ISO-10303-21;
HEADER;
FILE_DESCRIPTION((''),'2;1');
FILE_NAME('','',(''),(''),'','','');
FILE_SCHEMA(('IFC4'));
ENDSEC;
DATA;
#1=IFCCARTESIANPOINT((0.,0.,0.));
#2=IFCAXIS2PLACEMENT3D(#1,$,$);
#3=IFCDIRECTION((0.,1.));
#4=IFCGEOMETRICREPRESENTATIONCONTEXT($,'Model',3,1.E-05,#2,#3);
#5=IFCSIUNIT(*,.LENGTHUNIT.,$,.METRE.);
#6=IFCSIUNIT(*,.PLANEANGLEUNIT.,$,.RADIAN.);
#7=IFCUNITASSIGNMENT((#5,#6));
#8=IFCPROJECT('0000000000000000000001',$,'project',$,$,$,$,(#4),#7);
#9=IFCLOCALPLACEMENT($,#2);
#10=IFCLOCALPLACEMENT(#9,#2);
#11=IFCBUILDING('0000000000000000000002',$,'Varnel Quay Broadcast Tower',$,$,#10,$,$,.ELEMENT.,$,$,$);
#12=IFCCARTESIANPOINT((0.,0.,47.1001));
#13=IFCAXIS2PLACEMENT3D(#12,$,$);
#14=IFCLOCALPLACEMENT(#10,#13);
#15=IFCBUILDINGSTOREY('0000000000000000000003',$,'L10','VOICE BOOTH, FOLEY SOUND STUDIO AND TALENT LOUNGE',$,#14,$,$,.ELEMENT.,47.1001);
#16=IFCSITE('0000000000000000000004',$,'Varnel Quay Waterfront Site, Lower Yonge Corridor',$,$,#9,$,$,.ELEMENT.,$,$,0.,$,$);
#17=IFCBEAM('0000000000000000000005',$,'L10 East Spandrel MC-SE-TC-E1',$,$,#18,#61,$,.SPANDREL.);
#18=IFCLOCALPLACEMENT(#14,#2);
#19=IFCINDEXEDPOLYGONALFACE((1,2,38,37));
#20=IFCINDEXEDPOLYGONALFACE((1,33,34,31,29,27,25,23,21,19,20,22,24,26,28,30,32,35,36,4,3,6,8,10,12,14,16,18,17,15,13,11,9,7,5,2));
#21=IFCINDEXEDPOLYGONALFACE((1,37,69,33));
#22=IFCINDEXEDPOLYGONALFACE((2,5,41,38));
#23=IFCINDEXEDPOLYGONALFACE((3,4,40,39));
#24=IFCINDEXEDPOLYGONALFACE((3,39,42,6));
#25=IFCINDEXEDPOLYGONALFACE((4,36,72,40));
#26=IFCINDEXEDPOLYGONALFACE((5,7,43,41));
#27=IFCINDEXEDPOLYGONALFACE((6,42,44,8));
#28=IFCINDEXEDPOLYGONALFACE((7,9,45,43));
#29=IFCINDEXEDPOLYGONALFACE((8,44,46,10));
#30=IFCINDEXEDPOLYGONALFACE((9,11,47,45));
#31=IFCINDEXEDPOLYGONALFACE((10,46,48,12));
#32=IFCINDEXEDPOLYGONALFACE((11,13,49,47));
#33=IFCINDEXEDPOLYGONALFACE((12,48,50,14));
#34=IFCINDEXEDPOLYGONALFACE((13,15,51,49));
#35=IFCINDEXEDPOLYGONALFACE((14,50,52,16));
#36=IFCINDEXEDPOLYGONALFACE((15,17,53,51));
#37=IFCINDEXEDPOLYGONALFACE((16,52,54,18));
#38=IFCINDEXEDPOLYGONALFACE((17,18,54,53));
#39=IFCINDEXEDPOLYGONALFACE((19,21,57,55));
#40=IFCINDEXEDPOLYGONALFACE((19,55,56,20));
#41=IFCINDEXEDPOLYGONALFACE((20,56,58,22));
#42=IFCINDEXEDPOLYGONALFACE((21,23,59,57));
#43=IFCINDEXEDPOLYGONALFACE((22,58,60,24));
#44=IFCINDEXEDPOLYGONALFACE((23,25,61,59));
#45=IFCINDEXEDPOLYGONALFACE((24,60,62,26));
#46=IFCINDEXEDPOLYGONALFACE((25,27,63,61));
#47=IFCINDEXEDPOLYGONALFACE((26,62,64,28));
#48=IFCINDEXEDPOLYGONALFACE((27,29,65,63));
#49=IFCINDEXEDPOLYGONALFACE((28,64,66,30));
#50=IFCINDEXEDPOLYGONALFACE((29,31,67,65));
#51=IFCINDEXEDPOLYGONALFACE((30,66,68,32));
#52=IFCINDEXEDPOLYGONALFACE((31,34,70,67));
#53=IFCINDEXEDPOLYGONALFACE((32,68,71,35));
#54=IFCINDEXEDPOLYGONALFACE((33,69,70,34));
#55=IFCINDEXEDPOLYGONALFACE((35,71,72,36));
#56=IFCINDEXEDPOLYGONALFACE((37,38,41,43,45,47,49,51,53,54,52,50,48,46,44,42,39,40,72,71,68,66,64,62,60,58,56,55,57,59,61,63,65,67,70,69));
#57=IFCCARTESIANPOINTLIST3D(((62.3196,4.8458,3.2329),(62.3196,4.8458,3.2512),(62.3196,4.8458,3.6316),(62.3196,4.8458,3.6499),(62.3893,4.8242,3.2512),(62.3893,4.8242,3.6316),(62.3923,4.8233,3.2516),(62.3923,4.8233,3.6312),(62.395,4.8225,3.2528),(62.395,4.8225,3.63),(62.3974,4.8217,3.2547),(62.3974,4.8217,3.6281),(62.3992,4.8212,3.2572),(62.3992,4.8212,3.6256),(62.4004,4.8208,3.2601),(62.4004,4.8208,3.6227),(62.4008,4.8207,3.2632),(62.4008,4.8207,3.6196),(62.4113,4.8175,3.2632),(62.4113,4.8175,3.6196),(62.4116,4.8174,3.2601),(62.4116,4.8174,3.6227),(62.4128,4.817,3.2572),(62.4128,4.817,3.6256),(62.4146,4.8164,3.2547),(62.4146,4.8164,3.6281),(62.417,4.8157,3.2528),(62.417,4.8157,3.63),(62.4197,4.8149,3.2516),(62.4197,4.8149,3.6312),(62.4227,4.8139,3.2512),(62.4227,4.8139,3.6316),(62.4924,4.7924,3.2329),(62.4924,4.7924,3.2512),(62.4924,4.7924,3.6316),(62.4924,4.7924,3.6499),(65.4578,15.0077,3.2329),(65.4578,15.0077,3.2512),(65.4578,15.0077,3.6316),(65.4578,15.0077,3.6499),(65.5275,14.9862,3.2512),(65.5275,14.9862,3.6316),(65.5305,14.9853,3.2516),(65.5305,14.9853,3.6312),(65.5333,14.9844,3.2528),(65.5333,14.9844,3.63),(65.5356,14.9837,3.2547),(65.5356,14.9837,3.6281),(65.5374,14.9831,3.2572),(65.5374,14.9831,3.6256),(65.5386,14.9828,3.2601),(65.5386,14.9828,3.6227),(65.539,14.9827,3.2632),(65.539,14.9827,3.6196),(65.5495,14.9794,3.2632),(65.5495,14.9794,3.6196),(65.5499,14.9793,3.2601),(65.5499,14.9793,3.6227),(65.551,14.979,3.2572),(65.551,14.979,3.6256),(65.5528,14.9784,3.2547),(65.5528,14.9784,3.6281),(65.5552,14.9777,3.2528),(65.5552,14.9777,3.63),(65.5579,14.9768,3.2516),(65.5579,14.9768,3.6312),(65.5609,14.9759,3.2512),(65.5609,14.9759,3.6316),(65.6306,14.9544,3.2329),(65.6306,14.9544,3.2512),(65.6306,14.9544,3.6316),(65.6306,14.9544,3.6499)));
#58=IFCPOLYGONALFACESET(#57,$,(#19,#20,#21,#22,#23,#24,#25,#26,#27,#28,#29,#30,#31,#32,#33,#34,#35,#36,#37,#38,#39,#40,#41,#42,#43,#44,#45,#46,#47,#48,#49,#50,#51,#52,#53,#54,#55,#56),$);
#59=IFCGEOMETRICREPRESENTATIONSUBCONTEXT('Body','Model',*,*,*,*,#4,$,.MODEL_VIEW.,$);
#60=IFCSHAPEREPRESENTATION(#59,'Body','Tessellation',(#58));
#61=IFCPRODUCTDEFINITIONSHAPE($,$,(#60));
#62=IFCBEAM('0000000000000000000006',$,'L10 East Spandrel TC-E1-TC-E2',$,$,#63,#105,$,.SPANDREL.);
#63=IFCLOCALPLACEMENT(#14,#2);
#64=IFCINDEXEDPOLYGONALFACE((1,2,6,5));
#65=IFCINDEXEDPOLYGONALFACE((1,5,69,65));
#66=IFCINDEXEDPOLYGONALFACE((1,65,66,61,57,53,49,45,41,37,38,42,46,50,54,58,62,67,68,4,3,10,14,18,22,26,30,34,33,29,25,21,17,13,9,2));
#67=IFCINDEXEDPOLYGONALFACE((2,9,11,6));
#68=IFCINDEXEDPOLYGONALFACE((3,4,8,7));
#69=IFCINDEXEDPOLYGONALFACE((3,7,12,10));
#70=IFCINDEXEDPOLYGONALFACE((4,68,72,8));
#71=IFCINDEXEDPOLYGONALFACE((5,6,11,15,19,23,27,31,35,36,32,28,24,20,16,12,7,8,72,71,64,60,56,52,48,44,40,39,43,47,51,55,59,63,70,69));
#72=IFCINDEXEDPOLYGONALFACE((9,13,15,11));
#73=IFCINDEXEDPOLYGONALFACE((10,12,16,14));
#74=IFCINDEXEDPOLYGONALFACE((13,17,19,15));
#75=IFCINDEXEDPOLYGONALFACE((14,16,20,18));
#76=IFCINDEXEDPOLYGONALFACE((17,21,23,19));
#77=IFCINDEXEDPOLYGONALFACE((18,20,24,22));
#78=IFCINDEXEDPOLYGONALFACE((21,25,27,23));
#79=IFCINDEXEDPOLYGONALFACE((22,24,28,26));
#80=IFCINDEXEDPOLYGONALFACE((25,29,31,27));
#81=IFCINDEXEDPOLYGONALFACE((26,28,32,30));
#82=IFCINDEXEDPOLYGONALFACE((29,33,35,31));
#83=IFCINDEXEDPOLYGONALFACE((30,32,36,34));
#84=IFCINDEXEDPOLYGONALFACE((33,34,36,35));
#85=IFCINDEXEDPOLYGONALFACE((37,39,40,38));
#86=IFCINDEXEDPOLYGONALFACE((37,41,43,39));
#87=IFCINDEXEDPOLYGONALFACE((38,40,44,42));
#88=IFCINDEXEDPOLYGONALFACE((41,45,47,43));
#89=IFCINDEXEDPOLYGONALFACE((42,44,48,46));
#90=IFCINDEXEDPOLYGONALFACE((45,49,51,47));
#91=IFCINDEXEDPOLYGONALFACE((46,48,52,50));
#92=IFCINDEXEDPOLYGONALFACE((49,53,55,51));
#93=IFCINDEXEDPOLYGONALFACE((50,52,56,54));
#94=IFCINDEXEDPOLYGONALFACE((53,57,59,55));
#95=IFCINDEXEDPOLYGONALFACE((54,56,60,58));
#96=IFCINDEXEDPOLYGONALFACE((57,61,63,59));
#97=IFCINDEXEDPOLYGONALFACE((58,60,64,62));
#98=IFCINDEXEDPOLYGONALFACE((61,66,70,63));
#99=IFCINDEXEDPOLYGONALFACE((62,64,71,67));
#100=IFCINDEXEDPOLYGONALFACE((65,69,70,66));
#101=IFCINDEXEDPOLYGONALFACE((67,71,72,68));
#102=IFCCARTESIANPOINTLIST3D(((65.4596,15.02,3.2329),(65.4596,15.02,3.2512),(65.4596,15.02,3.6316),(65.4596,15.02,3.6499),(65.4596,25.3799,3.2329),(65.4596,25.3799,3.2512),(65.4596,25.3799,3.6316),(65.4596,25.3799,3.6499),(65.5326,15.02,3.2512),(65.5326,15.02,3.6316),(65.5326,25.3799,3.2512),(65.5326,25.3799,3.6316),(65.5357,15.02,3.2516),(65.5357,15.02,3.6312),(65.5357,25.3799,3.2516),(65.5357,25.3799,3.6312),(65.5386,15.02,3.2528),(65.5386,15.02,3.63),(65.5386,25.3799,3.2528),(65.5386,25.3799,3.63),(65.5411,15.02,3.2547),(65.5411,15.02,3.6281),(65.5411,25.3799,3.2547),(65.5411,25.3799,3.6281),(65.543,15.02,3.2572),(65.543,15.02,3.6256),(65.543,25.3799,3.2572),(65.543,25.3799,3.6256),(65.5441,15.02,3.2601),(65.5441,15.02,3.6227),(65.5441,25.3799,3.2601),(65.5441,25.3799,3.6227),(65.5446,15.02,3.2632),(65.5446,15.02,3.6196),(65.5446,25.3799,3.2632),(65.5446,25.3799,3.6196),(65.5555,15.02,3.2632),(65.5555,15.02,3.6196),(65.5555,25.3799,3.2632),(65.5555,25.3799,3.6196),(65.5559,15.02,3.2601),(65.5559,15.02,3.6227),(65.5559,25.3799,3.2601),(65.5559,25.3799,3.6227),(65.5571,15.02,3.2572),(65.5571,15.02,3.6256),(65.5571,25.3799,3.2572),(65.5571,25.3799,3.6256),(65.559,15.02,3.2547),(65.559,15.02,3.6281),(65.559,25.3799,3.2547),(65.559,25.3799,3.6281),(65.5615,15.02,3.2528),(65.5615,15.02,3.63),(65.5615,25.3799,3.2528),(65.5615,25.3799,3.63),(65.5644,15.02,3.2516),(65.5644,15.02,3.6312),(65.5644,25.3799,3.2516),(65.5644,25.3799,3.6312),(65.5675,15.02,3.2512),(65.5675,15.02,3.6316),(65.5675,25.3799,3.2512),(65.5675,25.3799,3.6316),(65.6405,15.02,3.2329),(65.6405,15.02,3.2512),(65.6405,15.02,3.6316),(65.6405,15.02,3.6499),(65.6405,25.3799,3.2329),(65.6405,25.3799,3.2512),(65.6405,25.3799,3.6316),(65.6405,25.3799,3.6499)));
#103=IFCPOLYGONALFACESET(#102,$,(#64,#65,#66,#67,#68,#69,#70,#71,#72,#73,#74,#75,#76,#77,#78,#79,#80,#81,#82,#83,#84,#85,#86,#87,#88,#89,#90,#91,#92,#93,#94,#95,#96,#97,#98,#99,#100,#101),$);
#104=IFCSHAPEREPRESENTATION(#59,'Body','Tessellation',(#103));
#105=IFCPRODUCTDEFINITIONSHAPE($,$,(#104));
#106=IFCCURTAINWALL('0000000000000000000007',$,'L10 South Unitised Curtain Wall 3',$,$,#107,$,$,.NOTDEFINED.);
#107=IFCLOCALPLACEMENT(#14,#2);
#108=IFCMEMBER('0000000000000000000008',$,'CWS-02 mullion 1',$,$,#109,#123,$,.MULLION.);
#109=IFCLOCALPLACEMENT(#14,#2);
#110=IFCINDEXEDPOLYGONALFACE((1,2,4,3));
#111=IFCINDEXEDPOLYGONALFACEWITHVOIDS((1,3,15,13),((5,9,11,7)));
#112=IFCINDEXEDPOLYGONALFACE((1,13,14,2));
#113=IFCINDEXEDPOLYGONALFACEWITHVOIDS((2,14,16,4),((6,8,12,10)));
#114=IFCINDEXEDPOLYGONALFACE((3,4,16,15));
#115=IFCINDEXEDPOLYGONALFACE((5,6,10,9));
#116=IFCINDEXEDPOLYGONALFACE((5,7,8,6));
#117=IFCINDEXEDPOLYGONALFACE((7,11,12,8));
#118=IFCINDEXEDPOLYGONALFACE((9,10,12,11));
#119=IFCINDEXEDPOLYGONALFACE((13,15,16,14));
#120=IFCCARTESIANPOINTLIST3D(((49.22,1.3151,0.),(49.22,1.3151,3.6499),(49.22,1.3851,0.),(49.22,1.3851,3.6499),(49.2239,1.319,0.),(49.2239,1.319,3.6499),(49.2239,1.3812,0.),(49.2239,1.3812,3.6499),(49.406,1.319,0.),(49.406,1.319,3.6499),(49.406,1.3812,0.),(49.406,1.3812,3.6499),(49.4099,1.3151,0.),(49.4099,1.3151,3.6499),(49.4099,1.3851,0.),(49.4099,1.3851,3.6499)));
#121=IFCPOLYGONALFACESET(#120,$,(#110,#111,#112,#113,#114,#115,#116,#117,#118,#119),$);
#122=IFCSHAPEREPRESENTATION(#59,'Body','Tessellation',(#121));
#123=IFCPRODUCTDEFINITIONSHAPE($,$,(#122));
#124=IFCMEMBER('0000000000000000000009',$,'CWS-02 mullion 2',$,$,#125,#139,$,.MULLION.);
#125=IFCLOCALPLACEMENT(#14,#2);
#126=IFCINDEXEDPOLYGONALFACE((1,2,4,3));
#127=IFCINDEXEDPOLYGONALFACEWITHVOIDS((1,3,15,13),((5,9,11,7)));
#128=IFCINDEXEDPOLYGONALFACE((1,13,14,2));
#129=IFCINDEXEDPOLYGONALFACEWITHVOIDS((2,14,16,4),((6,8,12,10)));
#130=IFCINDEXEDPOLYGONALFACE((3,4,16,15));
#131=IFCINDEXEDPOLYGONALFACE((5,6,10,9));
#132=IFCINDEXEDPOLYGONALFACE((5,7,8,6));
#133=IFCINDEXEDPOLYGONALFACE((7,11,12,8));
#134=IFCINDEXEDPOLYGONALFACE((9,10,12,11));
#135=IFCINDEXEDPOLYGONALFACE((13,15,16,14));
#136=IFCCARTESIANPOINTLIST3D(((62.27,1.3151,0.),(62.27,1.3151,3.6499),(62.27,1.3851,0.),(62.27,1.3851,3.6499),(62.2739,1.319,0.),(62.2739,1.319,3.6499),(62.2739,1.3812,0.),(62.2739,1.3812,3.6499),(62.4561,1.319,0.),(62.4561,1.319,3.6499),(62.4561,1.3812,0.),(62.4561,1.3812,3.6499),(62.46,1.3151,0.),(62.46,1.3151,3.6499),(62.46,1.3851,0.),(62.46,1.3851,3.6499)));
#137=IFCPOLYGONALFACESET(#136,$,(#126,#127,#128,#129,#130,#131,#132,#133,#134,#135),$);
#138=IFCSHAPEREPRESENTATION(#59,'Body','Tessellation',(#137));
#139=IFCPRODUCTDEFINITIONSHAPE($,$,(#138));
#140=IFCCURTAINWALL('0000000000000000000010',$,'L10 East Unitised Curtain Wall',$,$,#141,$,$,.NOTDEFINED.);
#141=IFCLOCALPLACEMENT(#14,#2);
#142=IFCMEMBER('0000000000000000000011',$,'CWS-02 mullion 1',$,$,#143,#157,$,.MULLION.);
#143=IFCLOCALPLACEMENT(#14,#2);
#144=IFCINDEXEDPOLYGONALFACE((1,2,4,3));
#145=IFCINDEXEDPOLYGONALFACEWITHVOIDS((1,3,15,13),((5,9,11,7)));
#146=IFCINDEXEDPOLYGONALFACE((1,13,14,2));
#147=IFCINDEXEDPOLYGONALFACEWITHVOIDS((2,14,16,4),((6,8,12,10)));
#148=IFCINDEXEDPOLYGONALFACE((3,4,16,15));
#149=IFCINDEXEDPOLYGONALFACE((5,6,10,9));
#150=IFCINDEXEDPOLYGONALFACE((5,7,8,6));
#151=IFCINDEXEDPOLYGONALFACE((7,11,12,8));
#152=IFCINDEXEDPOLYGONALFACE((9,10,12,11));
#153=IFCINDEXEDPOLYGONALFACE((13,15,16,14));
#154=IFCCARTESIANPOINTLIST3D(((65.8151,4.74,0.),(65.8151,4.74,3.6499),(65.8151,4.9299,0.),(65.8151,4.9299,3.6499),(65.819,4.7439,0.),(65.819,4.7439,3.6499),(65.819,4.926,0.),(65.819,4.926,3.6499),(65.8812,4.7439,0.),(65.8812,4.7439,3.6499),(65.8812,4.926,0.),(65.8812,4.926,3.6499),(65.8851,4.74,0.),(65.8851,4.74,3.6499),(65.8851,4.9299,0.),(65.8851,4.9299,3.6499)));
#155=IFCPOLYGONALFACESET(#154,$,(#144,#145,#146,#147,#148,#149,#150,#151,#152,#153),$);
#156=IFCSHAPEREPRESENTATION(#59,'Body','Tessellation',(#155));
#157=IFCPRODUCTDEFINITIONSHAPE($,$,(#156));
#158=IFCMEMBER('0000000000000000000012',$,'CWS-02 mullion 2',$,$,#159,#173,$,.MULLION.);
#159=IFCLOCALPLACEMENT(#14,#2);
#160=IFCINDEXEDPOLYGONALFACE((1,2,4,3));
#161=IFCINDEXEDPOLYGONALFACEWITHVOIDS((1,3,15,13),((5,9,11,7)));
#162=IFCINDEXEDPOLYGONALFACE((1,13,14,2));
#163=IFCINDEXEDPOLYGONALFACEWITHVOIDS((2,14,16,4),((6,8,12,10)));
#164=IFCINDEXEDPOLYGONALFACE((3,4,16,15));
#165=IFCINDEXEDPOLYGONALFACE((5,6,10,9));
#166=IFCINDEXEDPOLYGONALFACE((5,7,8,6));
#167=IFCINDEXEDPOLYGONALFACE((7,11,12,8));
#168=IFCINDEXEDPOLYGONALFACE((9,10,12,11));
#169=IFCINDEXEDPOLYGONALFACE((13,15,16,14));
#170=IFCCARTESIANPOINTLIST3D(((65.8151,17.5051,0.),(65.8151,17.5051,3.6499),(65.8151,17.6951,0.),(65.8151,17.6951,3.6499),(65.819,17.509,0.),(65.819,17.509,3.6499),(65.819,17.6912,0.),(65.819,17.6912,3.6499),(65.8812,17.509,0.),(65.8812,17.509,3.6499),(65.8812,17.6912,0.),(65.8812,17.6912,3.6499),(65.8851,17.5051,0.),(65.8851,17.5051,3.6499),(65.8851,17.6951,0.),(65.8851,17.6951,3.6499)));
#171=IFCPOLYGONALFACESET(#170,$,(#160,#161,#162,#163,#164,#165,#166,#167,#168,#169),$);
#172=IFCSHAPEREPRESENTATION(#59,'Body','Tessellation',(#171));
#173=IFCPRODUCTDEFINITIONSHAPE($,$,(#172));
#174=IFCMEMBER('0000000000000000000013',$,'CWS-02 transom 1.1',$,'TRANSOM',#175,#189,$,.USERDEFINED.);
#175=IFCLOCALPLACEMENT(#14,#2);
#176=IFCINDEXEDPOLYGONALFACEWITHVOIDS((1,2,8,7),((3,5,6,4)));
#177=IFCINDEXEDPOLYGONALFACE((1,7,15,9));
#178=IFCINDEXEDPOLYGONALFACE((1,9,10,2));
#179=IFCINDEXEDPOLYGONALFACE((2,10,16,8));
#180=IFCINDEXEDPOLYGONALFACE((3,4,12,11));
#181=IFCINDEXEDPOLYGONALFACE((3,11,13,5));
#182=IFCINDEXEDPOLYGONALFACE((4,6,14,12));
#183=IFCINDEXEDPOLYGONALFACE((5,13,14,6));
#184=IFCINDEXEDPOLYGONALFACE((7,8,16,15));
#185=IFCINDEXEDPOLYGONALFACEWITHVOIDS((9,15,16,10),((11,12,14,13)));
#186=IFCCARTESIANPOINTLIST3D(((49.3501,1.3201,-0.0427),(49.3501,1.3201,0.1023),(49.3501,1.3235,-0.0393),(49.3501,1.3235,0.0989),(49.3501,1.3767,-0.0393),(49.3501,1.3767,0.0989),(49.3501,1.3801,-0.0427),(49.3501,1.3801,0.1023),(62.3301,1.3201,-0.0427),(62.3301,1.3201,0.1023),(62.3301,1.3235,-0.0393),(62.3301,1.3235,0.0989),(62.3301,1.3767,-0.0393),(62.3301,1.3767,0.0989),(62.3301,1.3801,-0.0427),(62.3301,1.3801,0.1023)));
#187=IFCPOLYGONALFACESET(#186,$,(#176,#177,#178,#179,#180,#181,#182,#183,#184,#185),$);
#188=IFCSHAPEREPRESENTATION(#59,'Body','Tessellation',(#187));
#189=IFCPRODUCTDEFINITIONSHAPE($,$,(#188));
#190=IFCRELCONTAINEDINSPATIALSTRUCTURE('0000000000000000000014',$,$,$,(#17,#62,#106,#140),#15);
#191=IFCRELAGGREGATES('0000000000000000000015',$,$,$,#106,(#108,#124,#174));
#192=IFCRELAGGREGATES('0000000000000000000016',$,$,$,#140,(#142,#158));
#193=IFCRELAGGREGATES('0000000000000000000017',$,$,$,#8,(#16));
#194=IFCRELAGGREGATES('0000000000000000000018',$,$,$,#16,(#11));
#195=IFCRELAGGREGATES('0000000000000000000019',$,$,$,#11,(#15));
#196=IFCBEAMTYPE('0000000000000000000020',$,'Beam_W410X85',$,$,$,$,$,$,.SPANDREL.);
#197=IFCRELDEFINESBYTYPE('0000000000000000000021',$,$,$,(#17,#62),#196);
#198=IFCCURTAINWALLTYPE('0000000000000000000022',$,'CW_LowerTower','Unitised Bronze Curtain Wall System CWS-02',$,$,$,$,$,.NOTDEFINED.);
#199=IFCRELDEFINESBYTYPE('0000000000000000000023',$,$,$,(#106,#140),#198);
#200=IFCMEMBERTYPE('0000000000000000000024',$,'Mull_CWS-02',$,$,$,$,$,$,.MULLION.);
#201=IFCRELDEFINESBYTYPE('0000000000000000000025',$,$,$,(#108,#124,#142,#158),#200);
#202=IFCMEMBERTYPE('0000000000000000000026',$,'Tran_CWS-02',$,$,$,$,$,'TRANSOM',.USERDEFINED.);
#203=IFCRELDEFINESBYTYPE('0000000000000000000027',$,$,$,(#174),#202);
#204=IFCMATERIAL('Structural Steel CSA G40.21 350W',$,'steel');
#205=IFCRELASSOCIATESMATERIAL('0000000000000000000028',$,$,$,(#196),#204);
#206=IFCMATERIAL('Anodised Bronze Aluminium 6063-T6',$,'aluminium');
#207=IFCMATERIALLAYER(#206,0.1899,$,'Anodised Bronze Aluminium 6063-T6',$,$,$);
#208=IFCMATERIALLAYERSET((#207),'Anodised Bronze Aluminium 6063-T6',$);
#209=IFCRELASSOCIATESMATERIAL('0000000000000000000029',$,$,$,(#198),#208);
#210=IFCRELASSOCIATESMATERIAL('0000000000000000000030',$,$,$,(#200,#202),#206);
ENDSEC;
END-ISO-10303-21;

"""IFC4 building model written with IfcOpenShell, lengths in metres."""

from ifc_helpers import new_model, si_unit, direction, frame, origin, origin_2d, place, context, subcontext, project, spatial, hollow_rectangle, i_section, extrude, source, transform, mapped, material, layer, layer_set, material_profile, profile_set, type_object, type_shapes, element, aggregate, save


model = new_model("IFC4")

# Units and contexts
model_context = context("Model", 3, precision=1e-05, world=origin(), true_north=direction((0.0, 1.0)))
body_context = subcontext(model_context, "Body", "Model", "MODEL_VIEW")
ifc_project = project(units=[si_unit("LENGTHUNIT", "METRE"), si_unit("PLANEANGLEUNIT", "RADIAN")], contexts=[model_context])

# Site, building, storey
site_placement = place(None, origin())
site = spatial("IfcSite", under=ifc_project, at=site_placement, Name="Varnel Quay Waterfront Site, Lower Yonge Corridor", CompositionType="ELEMENT", RefElevation=0.0)
building_placement = place(site_placement, origin())
building = spatial("IfcBuilding", under=site, at=building_placement, Name="Varnel Quay Broadcast Tower", CompositionType="ELEMENT")
storey_placement = place(building_placement, frame((0.0, 0.0, 47.1001)))
storey = spatial("IfcBuildingStorey", under=building, at=storey_placement, Name="L10", Description="VOICE BOOTH, FOLEY SOUND STUDIO AND TALENT LOUNGE", CompositionType="ELEMENT", Elevation=47.1001)

# Shared definitions
ifc_material_1 = material(Name="Structural Steel CSA G40.21 350W", Category="steel")

# Beams
ifc_material_profile_1 = material_profile(ifc_material_1, i_section(OverallWidth=0.1809, OverallDepth=0.417, WebThickness=0.011, FlangeThickness=0.0183, FilletRadius=0.012, at=origin_2d()), Name="W410X85")
ifc_profile_set_1 = profile_set([ifc_material_profile_1], Name="Structural Steel CSA G40.21 350W")
beam_type = type_object("IfcBeamType", Name="Beam_W410X85", PredefinedType="SPANDREL", material=ifc_profile_set_1)
shared_shape_1 = source(origin(), body_context, "Body", "SweptSolid", [
    extrude(i_section(OverallWidth=0.1809, OverallDepth=0.417, WebThickness=0.011, FlangeThickness=0.0183, FilletRadius=0.012, at=origin_2d()), origin(), (0.0, 0.0, 1.0), 10.6355),
])
beam_1_placement = place(storey_placement, frame((62.406, 4.8191, 3.4414), z_axis=(0.29507, 0.955476, 0.0), x_axis=(-0.955476, 0.29507, 0.0)))
element("IfcBeam", 1, at=beam_1_placement, inside=storey, type_object=beam_type, Name="L10 East Spandrel MC-SE-TC-E1", PredefinedType="SPANDREL", context=body_context, shape_type="MappedRepresentation", body=[
    mapped(shared_shape_1, transform((0.0, 0.0, 0.0), x_axis=(1.0, 0.0, 0.0), y_axis=(0.0, 1.0, 0.0), z_axis=(0.0, 0.0, 1.0), scale=1.0)),
])
shared_shape_2 = source(origin(), body_context, "Body", "SweptSolid", [
    extrude(i_section(OverallWidth=0.1809, OverallDepth=0.417, WebThickness=0.011, FlangeThickness=0.0183, FilletRadius=0.012, at=origin_2d()), origin(), (0.0, 0.0, 1.0), 10.3599),
])
beam_2_placement = place(storey_placement, frame((65.55, 15.02, 3.4414), z_axis=(0.0, 1.0, 0.0), x_axis=(-1.0, 0.0, 0.0)))
element("IfcBeam", 2, at=beam_2_placement, inside=storey, type_object=beam_type, Name="L10 East Spandrel TC-E1-TC-E2", PredefinedType="SPANDREL", context=body_context, shape_type="MappedRepresentation", body=[
    mapped(shared_shape_2, transform((0.0, 0.0, 0.0), x_axis=(1.0, 0.0, 0.0), y_axis=(0.0, 1.0, 0.0), z_axis=(0.0, 0.0, 1.0), scale=1.0)),
])

# Curtain walls, members
ifc_material_2 = material(Name="Anodised Bronze Aluminium 6063-T6", Category="aluminium")
ifc_layer_1 = layer(ifc_material_2, 0.1899, Name="Anodised Bronze Aluminium 6063-T6")
ifc_layer_set_1 = layer_set([ifc_layer_1], Name="Anodised Bronze Aluminium 6063-T6")
curtain_wall_type_1 = type_object("IfcCurtainWallType", Name="CW_LowerTower", Description="Unitised Bronze Curtain Wall System CWS-02", PredefinedType="NOTDEFINED", material=ifc_layer_set_1)
curtain_wall_1_placement = place(storey_placement, origin())
curtain_wall_1 = element("IfcCurtainWall", 3, at=curtain_wall_1_placement, inside=storey, type_object=curtain_wall_type_1, Name="L10 South Unitised Curtain Wall 3", PredefinedType="NOTDEFINED")
ifc_material_profile_2 = material_profile(ifc_material_2, hollow_rectangle(XDim=0.0701, YDim=0.1899, WallThickness=0.0039, at=origin_2d()), Name="ALU70X190X4")
ifc_profile_set_2 = profile_set([ifc_material_profile_2], Name="Anodised Bronze Aluminium 6063-T6")
member_type_1 = type_object("IfcMemberType", Name="Mull_CWS-02", PredefinedType="MULLION", material=ifc_profile_set_2)
shared_shape_3 = source(origin(), body_context, "Body", "SweptSolid", [
    extrude(hollow_rectangle(XDim=0.0701, YDim=0.1899, WallThickness=0.0039, at=origin_2d()), origin(), (0.0, 0.0, 1.0), 3.6499),
])
type_shapes(member_type_1, [shared_shape_3])
member_1_placement = place(storey_placement, frame((49.3149, 1.3501, 0.0), z_axis=(0.0, 0.0, 1.0), x_axis=(0.0, 1.0, 0.0)))
member_1 = element("IfcMember", 4, at=member_1_placement, type_object=member_type_1, Name="CWS-02 mullion 1", PredefinedType="MULLION", context=body_context, shape_type="MappedRepresentation", body=[
    mapped(shared_shape_3, transform((0.0, 0.0, 0.0), x_axis=(1.0, 0.0, 0.0), y_axis=(0.0, 1.0, 0.0), z_axis=(0.0, 0.0, 1.0), scale=1.0)),
])
member_2_placement = place(storey_placement, frame((62.365, 1.3501, 0.0), z_axis=(0.0, 0.0, 1.0), x_axis=(0.0, 1.0, 0.0)))
member_2 = element("IfcMember", 5, at=member_2_placement, type_object=member_type_1, Name="CWS-02 mullion 2", PredefinedType="MULLION", context=body_context, shape_type="MappedRepresentation", body=[
    mapped(shared_shape_3, transform((0.0, 0.0, 0.0), x_axis=(1.0, 0.0, 0.0), y_axis=(0.0, 1.0, 0.0), z_axis=(0.0, 0.0, 1.0), scale=1.0)),
])
curtain_wall_2_placement = place(storey_placement, origin())
curtain_wall_2 = element("IfcCurtainWall", 6, at=curtain_wall_2_placement, inside=storey, type_object=curtain_wall_type_1, Name="L10 East Unitised Curtain Wall", PredefinedType="NOTDEFINED")
member_3_placement = place(storey_placement, frame((65.8501, 4.835, 0.0), z_axis=(0.0, 0.0, 1.0), x_axis=(-1.0, 0.0, 0.0)))
member_3 = element("IfcMember", 7, at=member_3_placement, type_object=member_type_1, Name="CWS-02 mullion 1", PredefinedType="MULLION", context=body_context, shape_type="MappedRepresentation", body=[
    mapped(shared_shape_3, transform((0.0, 0.0, 0.0), x_axis=(1.0, 0.0, 0.0), y_axis=(0.0, 1.0, 0.0), z_axis=(0.0, 0.0, 1.0), scale=1.0)),
])
member_4_placement = place(storey_placement, frame((65.8501, 17.6001, 0.0), z_axis=(0.0, 0.0, 1.0), x_axis=(-1.0, 0.0, 0.0)))
member_4 = element("IfcMember", 8, at=member_4_placement, type_object=member_type_1, Name="CWS-02 mullion 2", PredefinedType="MULLION", context=body_context, shape_type="MappedRepresentation", body=[
    mapped(shared_shape_3, transform((0.0, 0.0, 0.0), x_axis=(1.0, 0.0, 0.0), y_axis=(0.0, 1.0, 0.0), z_axis=(0.0, 0.0, 1.0), scale=1.0)),
])

# Member
ifc_material_profile_3 = material_profile(ifc_material_2, hollow_rectangle(XDim=0.0601, YDim=0.145, WallThickness=0.0034, at=origin_2d()), Name="ALU60X145X3.5")
ifc_profile_set_3 = profile_set([ifc_material_profile_3], Name="Anodised Bronze Aluminium 6063-T6")
member_type_2 = type_object("IfcMemberType", Name="Tran_CWS-02", ElementType="TRANSOM", PredefinedType="USERDEFINED", material=ifc_profile_set_3)
shared_shape_4 = source(origin(), body_context, "Body", "SweptSolid", [
    extrude(hollow_rectangle(XDim=0.0601, YDim=0.145, WallThickness=0.0034, at=origin_2d()), origin(), (0.0, 0.0, 1.0), 12.98),
])
member_5_placement = place(storey_placement, frame((49.3501, 1.3501, 0.0298), z_axis=(1.0, 0.0, 0.0), x_axis=(0.0, 1.0, 0.0)))
member_5 = element("IfcMember", 9, at=member_5_placement, type_object=member_type_2, Name="CWS-02 transom 1.1", ObjectType="TRANSOM", PredefinedType="USERDEFINED", context=body_context, shape_type="MappedRepresentation", body=[
    mapped(shared_shape_4, transform((0.0, 0.0, 0.0), x_axis=(1.0, 0.0, 0.0), y_axis=(0.0, 1.0, 0.0), z_axis=(0.0, 0.0, 1.0), scale=1.0)),
])

aggregate(curtain_wall_1, [member_1, member_2, member_5])
aggregate(curtain_wall_2, [member_3, member_4])

save(model, "model.ifc")
